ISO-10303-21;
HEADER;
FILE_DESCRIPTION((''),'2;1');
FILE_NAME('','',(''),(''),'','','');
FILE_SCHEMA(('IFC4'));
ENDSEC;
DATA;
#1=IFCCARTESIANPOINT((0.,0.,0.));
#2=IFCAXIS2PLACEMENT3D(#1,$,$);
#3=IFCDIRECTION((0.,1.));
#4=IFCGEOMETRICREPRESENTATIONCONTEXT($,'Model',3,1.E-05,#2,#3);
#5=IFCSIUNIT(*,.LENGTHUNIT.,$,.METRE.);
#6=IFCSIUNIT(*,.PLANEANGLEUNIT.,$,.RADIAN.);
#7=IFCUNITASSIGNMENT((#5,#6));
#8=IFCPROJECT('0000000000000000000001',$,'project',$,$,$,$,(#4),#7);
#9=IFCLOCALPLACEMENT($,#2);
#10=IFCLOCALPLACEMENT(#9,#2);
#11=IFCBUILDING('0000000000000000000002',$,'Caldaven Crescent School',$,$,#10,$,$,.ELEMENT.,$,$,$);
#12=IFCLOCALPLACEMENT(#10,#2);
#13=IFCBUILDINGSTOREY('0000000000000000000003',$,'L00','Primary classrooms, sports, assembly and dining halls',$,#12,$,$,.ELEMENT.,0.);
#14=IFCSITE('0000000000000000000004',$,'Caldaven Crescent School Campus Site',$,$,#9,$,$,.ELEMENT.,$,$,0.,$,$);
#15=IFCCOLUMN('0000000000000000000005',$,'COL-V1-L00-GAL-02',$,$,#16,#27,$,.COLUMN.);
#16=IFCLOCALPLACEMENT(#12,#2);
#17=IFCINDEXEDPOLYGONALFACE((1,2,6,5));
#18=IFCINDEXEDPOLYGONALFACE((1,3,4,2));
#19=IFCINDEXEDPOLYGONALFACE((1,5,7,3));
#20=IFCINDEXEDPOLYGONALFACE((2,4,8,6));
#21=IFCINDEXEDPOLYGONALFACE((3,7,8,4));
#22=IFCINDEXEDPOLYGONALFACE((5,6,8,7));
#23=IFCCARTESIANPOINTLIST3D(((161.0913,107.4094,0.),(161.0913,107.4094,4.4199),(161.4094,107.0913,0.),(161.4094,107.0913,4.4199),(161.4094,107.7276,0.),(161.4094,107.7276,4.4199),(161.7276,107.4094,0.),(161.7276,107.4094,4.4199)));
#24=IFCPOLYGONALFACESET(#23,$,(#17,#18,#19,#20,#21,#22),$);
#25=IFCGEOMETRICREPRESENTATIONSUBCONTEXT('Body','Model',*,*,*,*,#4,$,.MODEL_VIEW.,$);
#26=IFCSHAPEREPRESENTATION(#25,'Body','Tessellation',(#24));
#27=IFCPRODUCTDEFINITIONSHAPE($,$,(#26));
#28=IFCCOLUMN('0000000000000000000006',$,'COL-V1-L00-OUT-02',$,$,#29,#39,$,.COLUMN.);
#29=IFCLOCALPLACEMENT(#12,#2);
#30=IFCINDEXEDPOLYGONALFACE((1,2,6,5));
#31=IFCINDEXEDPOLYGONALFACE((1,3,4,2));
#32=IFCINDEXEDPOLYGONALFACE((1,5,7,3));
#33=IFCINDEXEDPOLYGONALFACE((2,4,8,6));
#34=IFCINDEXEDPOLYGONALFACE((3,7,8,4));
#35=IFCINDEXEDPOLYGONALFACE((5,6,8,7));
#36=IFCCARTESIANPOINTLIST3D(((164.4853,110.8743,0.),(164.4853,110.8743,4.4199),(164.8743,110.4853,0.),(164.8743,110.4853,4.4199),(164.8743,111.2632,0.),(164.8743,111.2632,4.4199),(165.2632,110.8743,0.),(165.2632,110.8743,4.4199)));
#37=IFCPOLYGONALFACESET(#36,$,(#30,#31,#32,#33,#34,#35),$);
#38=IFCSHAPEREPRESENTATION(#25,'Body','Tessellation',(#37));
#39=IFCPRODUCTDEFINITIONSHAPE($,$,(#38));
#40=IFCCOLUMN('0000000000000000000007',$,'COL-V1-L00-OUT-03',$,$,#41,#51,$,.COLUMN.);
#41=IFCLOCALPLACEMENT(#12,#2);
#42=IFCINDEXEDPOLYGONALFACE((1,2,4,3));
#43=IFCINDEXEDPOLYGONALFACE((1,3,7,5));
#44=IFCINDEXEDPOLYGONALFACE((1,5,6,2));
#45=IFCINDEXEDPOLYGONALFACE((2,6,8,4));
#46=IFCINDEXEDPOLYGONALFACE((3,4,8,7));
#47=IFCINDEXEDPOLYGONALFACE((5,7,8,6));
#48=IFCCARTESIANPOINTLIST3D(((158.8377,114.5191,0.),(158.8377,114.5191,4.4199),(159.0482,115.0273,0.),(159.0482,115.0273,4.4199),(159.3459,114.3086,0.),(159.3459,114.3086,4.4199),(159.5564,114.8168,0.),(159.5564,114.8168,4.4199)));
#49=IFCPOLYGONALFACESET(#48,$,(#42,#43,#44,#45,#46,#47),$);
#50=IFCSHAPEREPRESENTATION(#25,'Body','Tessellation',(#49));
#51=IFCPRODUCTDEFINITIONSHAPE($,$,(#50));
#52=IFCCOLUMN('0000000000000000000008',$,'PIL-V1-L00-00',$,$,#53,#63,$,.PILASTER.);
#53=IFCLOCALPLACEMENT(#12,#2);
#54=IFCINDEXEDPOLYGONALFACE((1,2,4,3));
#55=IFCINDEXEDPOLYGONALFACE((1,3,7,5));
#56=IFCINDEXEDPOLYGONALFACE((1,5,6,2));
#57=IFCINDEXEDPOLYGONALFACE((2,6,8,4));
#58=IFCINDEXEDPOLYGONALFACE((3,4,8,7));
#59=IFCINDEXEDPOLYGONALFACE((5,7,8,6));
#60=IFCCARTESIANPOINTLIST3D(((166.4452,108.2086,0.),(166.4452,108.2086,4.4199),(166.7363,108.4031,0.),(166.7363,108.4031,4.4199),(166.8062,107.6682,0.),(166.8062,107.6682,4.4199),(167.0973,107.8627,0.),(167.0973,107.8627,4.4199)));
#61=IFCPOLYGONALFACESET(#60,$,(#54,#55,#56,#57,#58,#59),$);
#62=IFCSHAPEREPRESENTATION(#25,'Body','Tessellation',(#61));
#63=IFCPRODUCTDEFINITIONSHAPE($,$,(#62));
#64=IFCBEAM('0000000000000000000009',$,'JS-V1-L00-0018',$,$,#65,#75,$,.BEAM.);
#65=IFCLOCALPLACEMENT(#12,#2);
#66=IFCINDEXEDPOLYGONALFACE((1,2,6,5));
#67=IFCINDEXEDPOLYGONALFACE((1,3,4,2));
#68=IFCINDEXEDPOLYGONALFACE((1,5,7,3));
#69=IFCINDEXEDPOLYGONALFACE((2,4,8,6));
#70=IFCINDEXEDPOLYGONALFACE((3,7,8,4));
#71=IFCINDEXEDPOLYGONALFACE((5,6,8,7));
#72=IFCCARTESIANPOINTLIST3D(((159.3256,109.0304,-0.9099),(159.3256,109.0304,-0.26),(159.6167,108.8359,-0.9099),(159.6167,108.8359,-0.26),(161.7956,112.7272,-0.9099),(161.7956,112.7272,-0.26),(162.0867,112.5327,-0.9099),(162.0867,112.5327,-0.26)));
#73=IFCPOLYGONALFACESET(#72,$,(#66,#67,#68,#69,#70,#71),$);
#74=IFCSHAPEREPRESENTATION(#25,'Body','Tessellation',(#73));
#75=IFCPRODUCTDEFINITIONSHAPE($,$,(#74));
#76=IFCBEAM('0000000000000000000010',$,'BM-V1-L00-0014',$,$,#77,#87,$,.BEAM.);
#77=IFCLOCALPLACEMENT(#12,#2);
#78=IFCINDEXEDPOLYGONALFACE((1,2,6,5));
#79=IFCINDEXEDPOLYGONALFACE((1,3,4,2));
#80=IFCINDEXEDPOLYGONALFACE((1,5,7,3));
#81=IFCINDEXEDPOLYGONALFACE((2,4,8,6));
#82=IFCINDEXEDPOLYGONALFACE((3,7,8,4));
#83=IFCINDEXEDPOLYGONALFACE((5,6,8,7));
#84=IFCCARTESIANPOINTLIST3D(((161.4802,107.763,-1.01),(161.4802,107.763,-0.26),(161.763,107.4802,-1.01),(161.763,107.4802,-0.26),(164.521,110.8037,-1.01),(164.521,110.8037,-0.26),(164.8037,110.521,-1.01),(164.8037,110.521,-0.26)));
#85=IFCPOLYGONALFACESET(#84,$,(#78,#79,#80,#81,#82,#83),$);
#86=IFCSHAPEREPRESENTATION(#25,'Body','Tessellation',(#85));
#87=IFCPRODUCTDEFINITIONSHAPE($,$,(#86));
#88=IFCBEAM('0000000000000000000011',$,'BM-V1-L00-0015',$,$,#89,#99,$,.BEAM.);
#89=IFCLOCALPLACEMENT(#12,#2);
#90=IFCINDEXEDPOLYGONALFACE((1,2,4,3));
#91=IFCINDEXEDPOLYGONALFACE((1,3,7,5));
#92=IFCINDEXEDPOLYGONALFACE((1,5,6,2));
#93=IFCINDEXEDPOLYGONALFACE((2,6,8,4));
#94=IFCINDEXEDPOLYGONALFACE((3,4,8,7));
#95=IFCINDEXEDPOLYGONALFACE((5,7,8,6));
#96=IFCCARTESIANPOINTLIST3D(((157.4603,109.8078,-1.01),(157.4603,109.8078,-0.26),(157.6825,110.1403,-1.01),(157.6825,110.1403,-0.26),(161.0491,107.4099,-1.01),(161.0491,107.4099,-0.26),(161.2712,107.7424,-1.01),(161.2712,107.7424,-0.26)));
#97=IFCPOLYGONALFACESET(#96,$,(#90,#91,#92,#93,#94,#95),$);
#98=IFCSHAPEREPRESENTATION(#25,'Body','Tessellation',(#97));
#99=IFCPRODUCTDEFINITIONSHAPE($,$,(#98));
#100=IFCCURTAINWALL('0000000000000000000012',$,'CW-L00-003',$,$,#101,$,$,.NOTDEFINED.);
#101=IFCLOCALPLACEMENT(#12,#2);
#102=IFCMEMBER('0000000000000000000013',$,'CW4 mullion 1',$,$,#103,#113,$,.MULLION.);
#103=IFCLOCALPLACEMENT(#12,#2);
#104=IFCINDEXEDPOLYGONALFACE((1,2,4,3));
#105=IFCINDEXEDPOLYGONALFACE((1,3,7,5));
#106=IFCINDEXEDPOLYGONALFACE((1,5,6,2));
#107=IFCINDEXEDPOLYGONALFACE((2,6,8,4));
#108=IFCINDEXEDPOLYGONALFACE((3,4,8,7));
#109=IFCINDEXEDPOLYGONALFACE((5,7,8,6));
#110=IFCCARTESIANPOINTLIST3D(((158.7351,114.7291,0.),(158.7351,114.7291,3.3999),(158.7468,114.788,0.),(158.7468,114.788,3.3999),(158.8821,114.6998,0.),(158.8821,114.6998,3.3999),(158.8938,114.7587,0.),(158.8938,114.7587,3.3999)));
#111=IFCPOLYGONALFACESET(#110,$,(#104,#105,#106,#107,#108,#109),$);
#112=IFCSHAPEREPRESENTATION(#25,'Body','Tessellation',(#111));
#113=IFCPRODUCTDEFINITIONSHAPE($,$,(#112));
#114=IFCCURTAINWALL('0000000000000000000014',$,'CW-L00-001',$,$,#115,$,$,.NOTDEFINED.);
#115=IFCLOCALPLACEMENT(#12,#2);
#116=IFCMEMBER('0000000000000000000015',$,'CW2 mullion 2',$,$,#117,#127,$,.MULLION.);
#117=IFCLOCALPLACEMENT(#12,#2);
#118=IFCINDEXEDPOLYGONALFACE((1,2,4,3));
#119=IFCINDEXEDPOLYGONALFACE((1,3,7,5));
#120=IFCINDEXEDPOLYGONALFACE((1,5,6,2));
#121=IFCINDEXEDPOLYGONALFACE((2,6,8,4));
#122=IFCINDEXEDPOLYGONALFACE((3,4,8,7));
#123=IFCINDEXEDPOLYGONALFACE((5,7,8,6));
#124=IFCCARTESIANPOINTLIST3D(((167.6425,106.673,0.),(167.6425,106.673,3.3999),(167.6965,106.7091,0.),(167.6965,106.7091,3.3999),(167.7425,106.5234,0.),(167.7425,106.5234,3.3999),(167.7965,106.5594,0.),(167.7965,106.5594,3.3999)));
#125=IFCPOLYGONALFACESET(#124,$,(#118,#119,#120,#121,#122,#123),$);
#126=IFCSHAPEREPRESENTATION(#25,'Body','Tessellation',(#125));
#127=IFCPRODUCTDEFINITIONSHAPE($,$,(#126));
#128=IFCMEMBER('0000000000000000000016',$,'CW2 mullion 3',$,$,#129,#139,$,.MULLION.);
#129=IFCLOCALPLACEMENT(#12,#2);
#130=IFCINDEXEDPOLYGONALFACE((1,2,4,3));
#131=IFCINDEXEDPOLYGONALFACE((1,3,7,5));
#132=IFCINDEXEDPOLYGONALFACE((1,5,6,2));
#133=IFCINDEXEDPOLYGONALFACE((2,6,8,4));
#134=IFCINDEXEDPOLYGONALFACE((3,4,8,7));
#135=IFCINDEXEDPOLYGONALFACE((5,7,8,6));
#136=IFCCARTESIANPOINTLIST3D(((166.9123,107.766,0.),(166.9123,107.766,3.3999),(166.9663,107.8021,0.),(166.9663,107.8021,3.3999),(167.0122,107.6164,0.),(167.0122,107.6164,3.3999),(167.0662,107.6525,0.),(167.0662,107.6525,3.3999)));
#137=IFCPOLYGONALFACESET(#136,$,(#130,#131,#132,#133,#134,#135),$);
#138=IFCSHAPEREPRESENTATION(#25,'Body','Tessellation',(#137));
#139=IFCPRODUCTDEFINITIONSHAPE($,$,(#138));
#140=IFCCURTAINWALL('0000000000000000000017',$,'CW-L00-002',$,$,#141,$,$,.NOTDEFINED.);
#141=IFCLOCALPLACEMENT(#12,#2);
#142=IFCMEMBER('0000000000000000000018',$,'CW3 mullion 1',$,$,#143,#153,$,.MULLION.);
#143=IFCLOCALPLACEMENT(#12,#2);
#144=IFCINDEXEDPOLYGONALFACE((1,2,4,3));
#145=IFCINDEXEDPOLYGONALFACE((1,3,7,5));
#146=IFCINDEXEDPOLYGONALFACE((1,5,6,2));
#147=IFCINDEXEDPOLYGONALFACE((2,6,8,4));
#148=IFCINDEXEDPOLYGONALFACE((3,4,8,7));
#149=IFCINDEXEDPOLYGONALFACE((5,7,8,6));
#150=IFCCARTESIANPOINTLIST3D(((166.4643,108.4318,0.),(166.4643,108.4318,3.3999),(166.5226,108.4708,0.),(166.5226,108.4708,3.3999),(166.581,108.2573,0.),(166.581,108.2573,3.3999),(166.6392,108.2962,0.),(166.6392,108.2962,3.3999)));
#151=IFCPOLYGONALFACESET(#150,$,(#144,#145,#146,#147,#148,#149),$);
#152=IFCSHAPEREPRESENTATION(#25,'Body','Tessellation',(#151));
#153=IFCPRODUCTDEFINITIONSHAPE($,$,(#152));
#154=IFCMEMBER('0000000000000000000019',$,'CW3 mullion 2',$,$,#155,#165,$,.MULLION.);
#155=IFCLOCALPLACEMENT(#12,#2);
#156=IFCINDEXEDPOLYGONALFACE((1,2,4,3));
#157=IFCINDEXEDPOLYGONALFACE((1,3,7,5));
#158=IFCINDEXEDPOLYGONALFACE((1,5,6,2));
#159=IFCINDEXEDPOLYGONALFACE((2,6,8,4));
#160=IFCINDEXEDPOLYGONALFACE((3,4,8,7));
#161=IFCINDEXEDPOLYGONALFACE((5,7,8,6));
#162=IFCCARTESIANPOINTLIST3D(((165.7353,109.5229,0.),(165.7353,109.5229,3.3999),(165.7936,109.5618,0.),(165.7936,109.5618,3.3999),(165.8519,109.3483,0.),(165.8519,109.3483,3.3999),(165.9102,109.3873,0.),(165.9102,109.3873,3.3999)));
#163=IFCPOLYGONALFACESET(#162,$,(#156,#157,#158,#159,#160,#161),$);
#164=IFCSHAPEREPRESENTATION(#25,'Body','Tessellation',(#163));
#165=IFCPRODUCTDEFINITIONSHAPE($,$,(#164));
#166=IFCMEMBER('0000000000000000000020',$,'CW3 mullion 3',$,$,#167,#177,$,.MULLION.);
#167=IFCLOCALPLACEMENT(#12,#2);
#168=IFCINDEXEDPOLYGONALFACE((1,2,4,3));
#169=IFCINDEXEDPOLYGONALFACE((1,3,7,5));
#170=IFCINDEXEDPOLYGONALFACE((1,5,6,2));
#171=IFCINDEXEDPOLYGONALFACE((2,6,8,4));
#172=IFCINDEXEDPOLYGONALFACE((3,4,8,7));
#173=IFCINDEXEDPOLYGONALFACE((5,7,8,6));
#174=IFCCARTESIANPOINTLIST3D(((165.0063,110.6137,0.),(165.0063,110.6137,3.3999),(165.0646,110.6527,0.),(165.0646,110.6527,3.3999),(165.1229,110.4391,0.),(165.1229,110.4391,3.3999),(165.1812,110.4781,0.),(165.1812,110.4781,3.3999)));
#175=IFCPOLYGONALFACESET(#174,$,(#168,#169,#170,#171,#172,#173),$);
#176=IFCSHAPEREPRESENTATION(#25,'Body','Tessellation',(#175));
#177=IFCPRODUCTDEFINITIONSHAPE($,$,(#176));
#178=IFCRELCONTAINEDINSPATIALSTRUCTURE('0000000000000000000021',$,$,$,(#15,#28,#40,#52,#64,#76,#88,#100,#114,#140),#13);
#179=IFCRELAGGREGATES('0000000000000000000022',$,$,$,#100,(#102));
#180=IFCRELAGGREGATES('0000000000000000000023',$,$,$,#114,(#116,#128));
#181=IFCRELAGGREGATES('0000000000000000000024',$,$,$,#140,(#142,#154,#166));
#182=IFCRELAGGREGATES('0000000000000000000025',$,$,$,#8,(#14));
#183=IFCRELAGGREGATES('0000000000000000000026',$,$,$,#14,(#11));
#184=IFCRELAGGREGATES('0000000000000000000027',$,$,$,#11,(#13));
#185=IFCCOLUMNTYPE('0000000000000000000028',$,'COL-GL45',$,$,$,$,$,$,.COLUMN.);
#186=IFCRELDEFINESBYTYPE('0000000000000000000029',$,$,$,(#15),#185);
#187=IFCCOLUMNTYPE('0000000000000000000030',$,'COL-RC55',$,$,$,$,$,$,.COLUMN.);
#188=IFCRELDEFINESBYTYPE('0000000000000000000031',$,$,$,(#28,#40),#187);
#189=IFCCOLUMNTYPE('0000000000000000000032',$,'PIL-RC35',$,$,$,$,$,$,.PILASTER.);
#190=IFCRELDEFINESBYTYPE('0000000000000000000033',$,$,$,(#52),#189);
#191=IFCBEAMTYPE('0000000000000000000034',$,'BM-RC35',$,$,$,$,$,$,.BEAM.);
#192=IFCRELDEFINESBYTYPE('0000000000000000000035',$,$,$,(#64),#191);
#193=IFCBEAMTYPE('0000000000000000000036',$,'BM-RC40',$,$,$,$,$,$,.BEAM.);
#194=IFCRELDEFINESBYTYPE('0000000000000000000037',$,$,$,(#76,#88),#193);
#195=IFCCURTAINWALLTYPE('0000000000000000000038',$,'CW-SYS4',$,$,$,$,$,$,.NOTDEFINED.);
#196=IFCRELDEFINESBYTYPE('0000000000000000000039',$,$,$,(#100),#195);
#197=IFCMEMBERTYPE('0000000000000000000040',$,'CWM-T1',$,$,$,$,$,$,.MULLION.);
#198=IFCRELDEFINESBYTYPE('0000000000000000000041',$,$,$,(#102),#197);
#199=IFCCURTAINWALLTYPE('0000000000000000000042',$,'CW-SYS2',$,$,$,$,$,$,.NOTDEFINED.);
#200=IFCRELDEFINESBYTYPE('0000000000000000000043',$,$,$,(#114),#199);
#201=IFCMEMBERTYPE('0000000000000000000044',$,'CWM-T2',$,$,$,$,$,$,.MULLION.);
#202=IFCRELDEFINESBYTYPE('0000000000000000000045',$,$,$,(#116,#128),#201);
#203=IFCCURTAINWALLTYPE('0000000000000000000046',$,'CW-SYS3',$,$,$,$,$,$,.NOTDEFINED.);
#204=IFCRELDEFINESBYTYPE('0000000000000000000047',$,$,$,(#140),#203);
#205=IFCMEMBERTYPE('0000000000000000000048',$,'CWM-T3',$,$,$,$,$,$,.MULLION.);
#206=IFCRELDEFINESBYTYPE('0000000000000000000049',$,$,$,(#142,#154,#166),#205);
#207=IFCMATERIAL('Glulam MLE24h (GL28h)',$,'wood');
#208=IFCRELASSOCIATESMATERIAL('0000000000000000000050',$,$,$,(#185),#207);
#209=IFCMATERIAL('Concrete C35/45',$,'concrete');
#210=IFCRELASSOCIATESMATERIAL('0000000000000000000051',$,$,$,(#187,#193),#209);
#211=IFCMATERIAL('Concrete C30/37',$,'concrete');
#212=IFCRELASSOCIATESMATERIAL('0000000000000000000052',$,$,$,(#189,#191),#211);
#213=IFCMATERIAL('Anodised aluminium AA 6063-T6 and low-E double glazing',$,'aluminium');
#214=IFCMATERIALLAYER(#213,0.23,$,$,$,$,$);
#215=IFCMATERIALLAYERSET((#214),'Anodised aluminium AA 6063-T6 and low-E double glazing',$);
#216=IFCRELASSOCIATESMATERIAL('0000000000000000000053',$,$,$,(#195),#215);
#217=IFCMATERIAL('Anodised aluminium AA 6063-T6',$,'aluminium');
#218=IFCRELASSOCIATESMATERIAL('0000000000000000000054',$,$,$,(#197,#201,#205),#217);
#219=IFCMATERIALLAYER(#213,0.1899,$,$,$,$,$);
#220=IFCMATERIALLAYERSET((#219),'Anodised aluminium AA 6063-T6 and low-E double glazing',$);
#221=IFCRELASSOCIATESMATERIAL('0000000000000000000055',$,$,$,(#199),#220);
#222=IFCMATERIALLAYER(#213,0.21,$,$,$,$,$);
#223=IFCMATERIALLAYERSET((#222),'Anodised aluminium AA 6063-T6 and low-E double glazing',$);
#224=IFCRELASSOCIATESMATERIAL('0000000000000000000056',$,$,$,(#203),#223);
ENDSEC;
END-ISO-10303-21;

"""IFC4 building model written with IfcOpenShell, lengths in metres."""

from ifc_helpers import new_model, si_unit, direction, frame, origin, origin_2d, place, context, subcontext, project, spatial, rectangle, extrude, material, layer, layer_set, material_profile, profile_set, type_object, element, aggregate, save


model = new_model("IFC4")

# Units and contexts
model_context = context("Model", 3, precision=1e-05, world=origin(), true_north=direction((0.0, 1.0)))
body_context = subcontext(model_context, "Body", "Model", "MODEL_VIEW")
ifc_project = project(units=[si_unit("LENGTHUNIT", "METRE"), si_unit("PLANEANGLEUNIT", "RADIAN")], contexts=[model_context])

# Site, building, storey
site_placement = place(None, origin())
site = spatial("IfcSite", under=ifc_project, at=site_placement, Name="Caldaven Crescent School Campus Site", CompositionType="ELEMENT", RefElevation=0.0)
building_placement = place(site_placement, origin())
building = spatial("IfcBuilding", under=site, at=building_placement, Name="Caldaven Crescent School", CompositionType="ELEMENT")
storey_placement = place(building_placement, origin())
storey = spatial("IfcBuildingStorey", under=building, at=storey_placement, Name="L00", Description="Primary classrooms, sports, assembly and dining halls", CompositionType="ELEMENT", Elevation=0.0)

# Columns
ifc_material_1 = material(Name="Glulam MLE24h (GL28h)", Category="wood")
ifc_material_profile_1 = material_profile(ifc_material_1, rectangle(XDim=0.45, YDim=0.45, at=origin_2d()), Name="MLE 450x450")
ifc_profile_set_1 = profile_set([ifc_material_profile_1], Name="Glulam MLE24h (GL28h)")
column_type_1 = type_object("IfcColumnType", Name="COL-GL45", PredefinedType="COLUMN", material=ifc_profile_set_1)
column_1_placement = place(storey_placement, frame((161.4094, 107.4094, 0.0), z_axis=(0.0, 0.0, 1.0), x_axis=(0.707107, 0.707107, 0.0)))
element("IfcColumn", 1, at=column_1_placement, inside=storey, type_object=column_type_1, Name="COL-V1-L00-GAL-02", PredefinedType="COLUMN", context=body_context, shape_type="SweptSolid", body=[
    extrude(rectangle(XDim=0.45, YDim=0.45, at=origin_2d()), origin(), (0.0, 0.0, 1.0), 4.4199),
])
ifc_material_2 = material(Name="Concrete C35/45", Category="concrete")
ifc_material_profile_2 = material_profile(ifc_material_2, rectangle(XDim=0.55, YDim=0.55, at=origin_2d()), Name="RC 550x550")
ifc_profile_set_2 = profile_set([ifc_material_profile_2], Name="Concrete C35/45")
column_type_2 = type_object("IfcColumnType", Name="COL-RC55", PredefinedType="COLUMN", material=ifc_profile_set_2)
for number, where, z_axis, x_axis, name in (
    (2, (164.8743, 110.8743, 0.0), (0.0, 0.0, 1.0), (0.707107, 0.707107, 0.0), "COL-V1-L00-OUT-02"),
    (3, (159.197, 114.668, 0.0), (0.0, 0.0, 1.0), (0.382683, 0.92388, 0.0), "COL-V1-L00-OUT-03"),
):
    element("IfcColumn", number, at=place(storey_placement, frame(where, z_axis=z_axis, x_axis=x_axis)), inside=storey, type_object=column_type_2, Name=name, PredefinedType="COLUMN", context=body_context, shape_type="SweptSolid", body=[
        extrude(rectangle(XDim=0.55, YDim=0.55, at=origin_2d()), origin(), (0.0, 0.0, 1.0), 4.4199),
    ])
ifc_material_3 = material(Name="Concrete C30/37", Category="concrete")
ifc_material_profile_3 = material_profile(ifc_material_3, rectangle(XDim=0.3501, YDim=0.6499, at=origin_2d()), Name="RC 350x650")
ifc_profile_set_3 = profile_set([ifc_material_profile_3], Name="Concrete C30/37")
column_type_3 = type_object("IfcColumnType", Name="PIL-RC35", PredefinedType="PILASTER", material=ifc_profile_set_3)
column_2_placement = place(storey_placement, frame((166.7712, 108.0356, 0.0), z_axis=(0.0, 0.0, 1.0), x_axis=(0.83147, 0.55557, 0.0)))
element("IfcColumn", 4, at=column_2_placement, inside=storey, type_object=column_type_3, Name="PIL-V1-L00-00", PredefinedType="PILASTER", context=body_context, shape_type="SweptSolid", body=[
    extrude(rectangle(XDim=0.3501, YDim=0.6499, at=origin_2d()), origin(), (0.0, 0.0, 1.0), 4.4199),
])

# Beams
ifc_material_profile_4 = material_profile(ifc_material_3, rectangle(XDim=0.3501, YDim=0.6499, at=origin_2d()), Name="RC 350x650")
ifc_profile_set_4 = profile_set([ifc_material_profile_4], Name="Concrete C30/37")
beam_type_1 = type_object("IfcBeamType", Name="BM-RC35", PredefinedType="BEAM", material=ifc_profile_set_4)
beam_1_placement = place(storey_placement, frame((159.4712, 108.9331, -0.585), z_axis=(0.555549, 0.831484, 0.0), x_axis=(-0.831484, 0.555549, 0.0)))
element("IfcBeam", 5, at=beam_1_placement, inside=storey, type_object=beam_type_1, Name="JS-V1-L00-0018", PredefinedType="BEAM", context=body_context, shape_type="SweptSolid", body=[
    extrude(rectangle(XDim=0.3501, YDim=0.6499, at=origin_2d()), origin(), (0.0, 0.0, 1.0), 4.446),
])
ifc_material_profile_5 = material_profile(ifc_material_2, rectangle(XDim=0.3999, YDim=0.75, at=origin_2d()), Name="RC 400x750")
ifc_profile_set_5 = profile_set([ifc_material_profile_5], Name="Concrete C35/45")
beam_type_2 = type_object("IfcBeamType", Name="BM-RC40", PredefinedType="BEAM", material=ifc_profile_set_5)
beam_2_placement = place(storey_placement, frame((161.6216, 107.6216, -0.635), z_axis=(0.707107, 0.707107, 0.0), x_axis=(-0.707107, 0.707107, 0.0)))
element("IfcBeam", 6, at=beam_2_placement, inside=storey, type_object=beam_type_2, Name="BM-V1-L00-0014", PredefinedType="BEAM", context=body_context, shape_type="SweptSolid", body=[
    extrude(rectangle(XDim=0.3999, YDim=0.75, at=origin_2d()), origin(), (0.0, 0.0, 1.0), 4.3003),
])
beam_3_placement = place(storey_placement, frame((161.1602, 107.5762, -0.635), z_axis=(-0.831476, 0.555561, 0.0), x_axis=(-0.555561, -0.831476, 0.0)))
element("IfcBeam", 7, at=beam_3_placement, inside=storey, type_object=beam_type_2, Name="BM-V1-L00-0015", PredefinedType="BEAM", context=body_context, shape_type="SweptSolid", body=[
    extrude(rectangle(XDim=0.3999, YDim=0.75, at=origin_2d()), origin(), (0.0, 0.0, 1.0), 4.3162),
])

# Curtain wall, member
ifc_material_4 = material(Name="Anodised aluminium AA 6063-T6 and low-E double glazing", Category="aluminium")
ifc_layer_1 = layer(ifc_material_4, 0.23)
ifc_layer_set_1 = layer_set([ifc_layer_1], Name="Anodised aluminium AA 6063-T6 and low-E double glazing")
curtain_wall_type_1 = type_object("IfcCurtainWallType", Name="CW-SYS4", PredefinedType="NOTDEFINED", material=ifc_layer_set_1)
curtain_wall_1_placement = place(storey_placement, origin())
curtain_wall_1 = element("IfcCurtainWall", 8, at=curtain_wall_1_placement, inside=storey, type_object=curtain_wall_type_1, Name="CW-L00-003", PredefinedType="NOTDEFINED")
ifc_material_5 = material(Name="Anodised aluminium AA 6063-T6", Category="aluminium")
ifc_material_profile_6 = material_profile(ifc_material_5, rectangle(XDim=0.0601, YDim=0.1499, at=origin_2d()), Name="CWM 60x150")
ifc_profile_set_6 = profile_set([ifc_material_profile_6], Name="Anodised aluminium AA 6063-T6")
member_type_1 = type_object("IfcMemberType", Name="CWM-T1", PredefinedType="MULLION", material=ifc_profile_set_6)
member_1_placement = place(storey_placement, frame((158.8145, 114.7439, 0.0), z_axis=(0.0, 0.0, 1.0), x_axis=(-0.19509, -0.980785, 0.0)))
member_1 = element("IfcMember", 9, at=member_1_placement, type_object=member_type_1, Name="CW4 mullion 1", PredefinedType="MULLION", context=body_context, shape_type="SweptSolid", body=[
    extrude(rectangle(XDim=0.0601, YDim=0.1499, at=origin_2d()), origin(), (0.0, 0.0, 1.0), 3.3999),
])

# Curtain walls, members
ifc_layer_2 = layer(ifc_material_4, 0.1899)
ifc_layer_set_2 = layer_set([ifc_layer_2], Name="Anodised aluminium AA 6063-T6 and low-E double glazing")
curtain_wall_type_2 = type_object("IfcCurtainWallType", Name="CW-SYS2", PredefinedType="NOTDEFINED", material=ifc_layer_set_2)
curtain_wall_2_placement = place(storey_placement, origin())
curtain_wall_2 = element("IfcCurtainWall", 10, at=curtain_wall_2_placement, inside=storey, type_object=curtain_wall_type_2, Name="CW-L00-001", PredefinedType="NOTDEFINED")
ifc_material_profile_7 = material_profile(ifc_material_5, rectangle(XDim=0.0649, YDim=0.1799, at=origin_2d()), Name="CWM 65x180")
ifc_profile_set_7 = profile_set([ifc_material_profile_7], Name="Anodised aluminium AA 6063-T6")
member_type_2 = type_object("IfcMemberType", Name="CWM-T2", PredefinedType="MULLION", material=ifc_profile_set_7)
member_2_placement = place(storey_placement, frame((167.7195, 106.6162, 0.0), z_axis=(0.0, 0.0, 1.0), x_axis=(-0.83147, -0.555569, 0.0)))
member_2 = element("IfcMember", 11, at=member_2_placement, type_object=member_type_2, Name="CW2 mullion 2", PredefinedType="MULLION", context=body_context, shape_type="SweptSolid", body=[
    extrude(rectangle(XDim=0.0649, YDim=0.1799, at=origin_2d()), origin(), (0.0, 0.0, 1.0), 3.3999),
])
member_3_placement = place(storey_placement, frame((166.9893, 107.7092, 0.0), z_axis=(0.0, 0.0, 1.0), x_axis=(-0.83147, -0.555569, 0.0)))
member_3 = element("IfcMember", 12, at=member_3_placement, type_object=member_type_2, Name="CW2 mullion 3", PredefinedType="MULLION", context=body_context, shape_type="SweptSolid", body=[
    extrude(rectangle(XDim=0.0649, YDim=0.1799, at=origin_2d()), origin(), (0.0, 0.0, 1.0), 3.3999),
])
ifc_layer_3 = layer(ifc_material_4, 0.21)
ifc_layer_set_3 = layer_set([ifc_layer_3], Name="Anodised aluminium AA 6063-T6 and low-E double glazing")
curtain_wall_type_3 = type_object("IfcCurtainWallType", Name="CW-SYS3", PredefinedType="NOTDEFINED", material=ifc_layer_set_3)
curtain_wall_3_placement = place(storey_placement, origin())
curtain_wall_3 = element("IfcCurtainWall", 13, at=curtain_wall_3_placement, inside=storey, type_object=curtain_wall_type_3, Name="CW-L00-002", PredefinedType="NOTDEFINED")
ifc_material_profile_8 = material_profile(ifc_material_5, rectangle(XDim=0.0701, YDim=0.21, at=origin_2d()), Name="CWM 70x210")
ifc_profile_set_8 = profile_set([ifc_material_profile_8], Name="Anodised aluminium AA 6063-T6")
member_type_3 = type_object("IfcMemberType", Name="CWM-T3", PredefinedType="MULLION", material=ifc_profile_set_8)
member_4_placement = place(storey_placement, frame((166.5518, 108.364, 0.0), z_axis=(0.0, 0.0, 1.0), x_axis=(-0.831469, -0.555572, 0.0)))
member_4 = element("IfcMember", 14, at=member_4_placement, type_object=member_type_3, Name="CW3 mullion 1", PredefinedType="MULLION", context=body_context, shape_type="SweptSolid", body=[
    extrude(rectangle(XDim=0.0701, YDim=0.21, at=origin_2d()), origin(), (0.0, 0.0, 1.0), 3.3999),
])
member_5_placement = place(storey_placement, frame((165.8228, 109.4551, 0.0), z_axis=(0.0, 0.0, 1.0), x_axis=(-0.831469, -0.555572, 0.0)))
member_5 = element("IfcMember", 15, at=member_5_placement, type_object=member_type_3, Name="CW3 mullion 2", PredefinedType="MULLION", context=body_context, shape_type="SweptSolid", body=[
    extrude(rectangle(XDim=0.0701, YDim=0.21, at=origin_2d()), origin(), (0.0, 0.0, 1.0), 3.3999),
])
member_6_placement = place(storey_placement, frame((165.0938, 110.5459, 0.0), z_axis=(0.0, 0.0, 1.0), x_axis=(-0.831469, -0.555572, 0.0)))
member_6 = element("IfcMember", 16, at=member_6_placement, type_object=member_type_3, Name="CW3 mullion 3", PredefinedType="MULLION", context=body_context, shape_type="SweptSolid", body=[
    extrude(rectangle(XDim=0.0701, YDim=0.21, at=origin_2d()), origin(), (0.0, 0.0, 1.0), 3.3999),
])

aggregate(curtain_wall_1, [member_1])

aggregate(curtain_wall_2, [member_2, member_3])
aggregate(curtain_wall_3, [member_4, member_5, member_6])

save(model, "model.ifc")
